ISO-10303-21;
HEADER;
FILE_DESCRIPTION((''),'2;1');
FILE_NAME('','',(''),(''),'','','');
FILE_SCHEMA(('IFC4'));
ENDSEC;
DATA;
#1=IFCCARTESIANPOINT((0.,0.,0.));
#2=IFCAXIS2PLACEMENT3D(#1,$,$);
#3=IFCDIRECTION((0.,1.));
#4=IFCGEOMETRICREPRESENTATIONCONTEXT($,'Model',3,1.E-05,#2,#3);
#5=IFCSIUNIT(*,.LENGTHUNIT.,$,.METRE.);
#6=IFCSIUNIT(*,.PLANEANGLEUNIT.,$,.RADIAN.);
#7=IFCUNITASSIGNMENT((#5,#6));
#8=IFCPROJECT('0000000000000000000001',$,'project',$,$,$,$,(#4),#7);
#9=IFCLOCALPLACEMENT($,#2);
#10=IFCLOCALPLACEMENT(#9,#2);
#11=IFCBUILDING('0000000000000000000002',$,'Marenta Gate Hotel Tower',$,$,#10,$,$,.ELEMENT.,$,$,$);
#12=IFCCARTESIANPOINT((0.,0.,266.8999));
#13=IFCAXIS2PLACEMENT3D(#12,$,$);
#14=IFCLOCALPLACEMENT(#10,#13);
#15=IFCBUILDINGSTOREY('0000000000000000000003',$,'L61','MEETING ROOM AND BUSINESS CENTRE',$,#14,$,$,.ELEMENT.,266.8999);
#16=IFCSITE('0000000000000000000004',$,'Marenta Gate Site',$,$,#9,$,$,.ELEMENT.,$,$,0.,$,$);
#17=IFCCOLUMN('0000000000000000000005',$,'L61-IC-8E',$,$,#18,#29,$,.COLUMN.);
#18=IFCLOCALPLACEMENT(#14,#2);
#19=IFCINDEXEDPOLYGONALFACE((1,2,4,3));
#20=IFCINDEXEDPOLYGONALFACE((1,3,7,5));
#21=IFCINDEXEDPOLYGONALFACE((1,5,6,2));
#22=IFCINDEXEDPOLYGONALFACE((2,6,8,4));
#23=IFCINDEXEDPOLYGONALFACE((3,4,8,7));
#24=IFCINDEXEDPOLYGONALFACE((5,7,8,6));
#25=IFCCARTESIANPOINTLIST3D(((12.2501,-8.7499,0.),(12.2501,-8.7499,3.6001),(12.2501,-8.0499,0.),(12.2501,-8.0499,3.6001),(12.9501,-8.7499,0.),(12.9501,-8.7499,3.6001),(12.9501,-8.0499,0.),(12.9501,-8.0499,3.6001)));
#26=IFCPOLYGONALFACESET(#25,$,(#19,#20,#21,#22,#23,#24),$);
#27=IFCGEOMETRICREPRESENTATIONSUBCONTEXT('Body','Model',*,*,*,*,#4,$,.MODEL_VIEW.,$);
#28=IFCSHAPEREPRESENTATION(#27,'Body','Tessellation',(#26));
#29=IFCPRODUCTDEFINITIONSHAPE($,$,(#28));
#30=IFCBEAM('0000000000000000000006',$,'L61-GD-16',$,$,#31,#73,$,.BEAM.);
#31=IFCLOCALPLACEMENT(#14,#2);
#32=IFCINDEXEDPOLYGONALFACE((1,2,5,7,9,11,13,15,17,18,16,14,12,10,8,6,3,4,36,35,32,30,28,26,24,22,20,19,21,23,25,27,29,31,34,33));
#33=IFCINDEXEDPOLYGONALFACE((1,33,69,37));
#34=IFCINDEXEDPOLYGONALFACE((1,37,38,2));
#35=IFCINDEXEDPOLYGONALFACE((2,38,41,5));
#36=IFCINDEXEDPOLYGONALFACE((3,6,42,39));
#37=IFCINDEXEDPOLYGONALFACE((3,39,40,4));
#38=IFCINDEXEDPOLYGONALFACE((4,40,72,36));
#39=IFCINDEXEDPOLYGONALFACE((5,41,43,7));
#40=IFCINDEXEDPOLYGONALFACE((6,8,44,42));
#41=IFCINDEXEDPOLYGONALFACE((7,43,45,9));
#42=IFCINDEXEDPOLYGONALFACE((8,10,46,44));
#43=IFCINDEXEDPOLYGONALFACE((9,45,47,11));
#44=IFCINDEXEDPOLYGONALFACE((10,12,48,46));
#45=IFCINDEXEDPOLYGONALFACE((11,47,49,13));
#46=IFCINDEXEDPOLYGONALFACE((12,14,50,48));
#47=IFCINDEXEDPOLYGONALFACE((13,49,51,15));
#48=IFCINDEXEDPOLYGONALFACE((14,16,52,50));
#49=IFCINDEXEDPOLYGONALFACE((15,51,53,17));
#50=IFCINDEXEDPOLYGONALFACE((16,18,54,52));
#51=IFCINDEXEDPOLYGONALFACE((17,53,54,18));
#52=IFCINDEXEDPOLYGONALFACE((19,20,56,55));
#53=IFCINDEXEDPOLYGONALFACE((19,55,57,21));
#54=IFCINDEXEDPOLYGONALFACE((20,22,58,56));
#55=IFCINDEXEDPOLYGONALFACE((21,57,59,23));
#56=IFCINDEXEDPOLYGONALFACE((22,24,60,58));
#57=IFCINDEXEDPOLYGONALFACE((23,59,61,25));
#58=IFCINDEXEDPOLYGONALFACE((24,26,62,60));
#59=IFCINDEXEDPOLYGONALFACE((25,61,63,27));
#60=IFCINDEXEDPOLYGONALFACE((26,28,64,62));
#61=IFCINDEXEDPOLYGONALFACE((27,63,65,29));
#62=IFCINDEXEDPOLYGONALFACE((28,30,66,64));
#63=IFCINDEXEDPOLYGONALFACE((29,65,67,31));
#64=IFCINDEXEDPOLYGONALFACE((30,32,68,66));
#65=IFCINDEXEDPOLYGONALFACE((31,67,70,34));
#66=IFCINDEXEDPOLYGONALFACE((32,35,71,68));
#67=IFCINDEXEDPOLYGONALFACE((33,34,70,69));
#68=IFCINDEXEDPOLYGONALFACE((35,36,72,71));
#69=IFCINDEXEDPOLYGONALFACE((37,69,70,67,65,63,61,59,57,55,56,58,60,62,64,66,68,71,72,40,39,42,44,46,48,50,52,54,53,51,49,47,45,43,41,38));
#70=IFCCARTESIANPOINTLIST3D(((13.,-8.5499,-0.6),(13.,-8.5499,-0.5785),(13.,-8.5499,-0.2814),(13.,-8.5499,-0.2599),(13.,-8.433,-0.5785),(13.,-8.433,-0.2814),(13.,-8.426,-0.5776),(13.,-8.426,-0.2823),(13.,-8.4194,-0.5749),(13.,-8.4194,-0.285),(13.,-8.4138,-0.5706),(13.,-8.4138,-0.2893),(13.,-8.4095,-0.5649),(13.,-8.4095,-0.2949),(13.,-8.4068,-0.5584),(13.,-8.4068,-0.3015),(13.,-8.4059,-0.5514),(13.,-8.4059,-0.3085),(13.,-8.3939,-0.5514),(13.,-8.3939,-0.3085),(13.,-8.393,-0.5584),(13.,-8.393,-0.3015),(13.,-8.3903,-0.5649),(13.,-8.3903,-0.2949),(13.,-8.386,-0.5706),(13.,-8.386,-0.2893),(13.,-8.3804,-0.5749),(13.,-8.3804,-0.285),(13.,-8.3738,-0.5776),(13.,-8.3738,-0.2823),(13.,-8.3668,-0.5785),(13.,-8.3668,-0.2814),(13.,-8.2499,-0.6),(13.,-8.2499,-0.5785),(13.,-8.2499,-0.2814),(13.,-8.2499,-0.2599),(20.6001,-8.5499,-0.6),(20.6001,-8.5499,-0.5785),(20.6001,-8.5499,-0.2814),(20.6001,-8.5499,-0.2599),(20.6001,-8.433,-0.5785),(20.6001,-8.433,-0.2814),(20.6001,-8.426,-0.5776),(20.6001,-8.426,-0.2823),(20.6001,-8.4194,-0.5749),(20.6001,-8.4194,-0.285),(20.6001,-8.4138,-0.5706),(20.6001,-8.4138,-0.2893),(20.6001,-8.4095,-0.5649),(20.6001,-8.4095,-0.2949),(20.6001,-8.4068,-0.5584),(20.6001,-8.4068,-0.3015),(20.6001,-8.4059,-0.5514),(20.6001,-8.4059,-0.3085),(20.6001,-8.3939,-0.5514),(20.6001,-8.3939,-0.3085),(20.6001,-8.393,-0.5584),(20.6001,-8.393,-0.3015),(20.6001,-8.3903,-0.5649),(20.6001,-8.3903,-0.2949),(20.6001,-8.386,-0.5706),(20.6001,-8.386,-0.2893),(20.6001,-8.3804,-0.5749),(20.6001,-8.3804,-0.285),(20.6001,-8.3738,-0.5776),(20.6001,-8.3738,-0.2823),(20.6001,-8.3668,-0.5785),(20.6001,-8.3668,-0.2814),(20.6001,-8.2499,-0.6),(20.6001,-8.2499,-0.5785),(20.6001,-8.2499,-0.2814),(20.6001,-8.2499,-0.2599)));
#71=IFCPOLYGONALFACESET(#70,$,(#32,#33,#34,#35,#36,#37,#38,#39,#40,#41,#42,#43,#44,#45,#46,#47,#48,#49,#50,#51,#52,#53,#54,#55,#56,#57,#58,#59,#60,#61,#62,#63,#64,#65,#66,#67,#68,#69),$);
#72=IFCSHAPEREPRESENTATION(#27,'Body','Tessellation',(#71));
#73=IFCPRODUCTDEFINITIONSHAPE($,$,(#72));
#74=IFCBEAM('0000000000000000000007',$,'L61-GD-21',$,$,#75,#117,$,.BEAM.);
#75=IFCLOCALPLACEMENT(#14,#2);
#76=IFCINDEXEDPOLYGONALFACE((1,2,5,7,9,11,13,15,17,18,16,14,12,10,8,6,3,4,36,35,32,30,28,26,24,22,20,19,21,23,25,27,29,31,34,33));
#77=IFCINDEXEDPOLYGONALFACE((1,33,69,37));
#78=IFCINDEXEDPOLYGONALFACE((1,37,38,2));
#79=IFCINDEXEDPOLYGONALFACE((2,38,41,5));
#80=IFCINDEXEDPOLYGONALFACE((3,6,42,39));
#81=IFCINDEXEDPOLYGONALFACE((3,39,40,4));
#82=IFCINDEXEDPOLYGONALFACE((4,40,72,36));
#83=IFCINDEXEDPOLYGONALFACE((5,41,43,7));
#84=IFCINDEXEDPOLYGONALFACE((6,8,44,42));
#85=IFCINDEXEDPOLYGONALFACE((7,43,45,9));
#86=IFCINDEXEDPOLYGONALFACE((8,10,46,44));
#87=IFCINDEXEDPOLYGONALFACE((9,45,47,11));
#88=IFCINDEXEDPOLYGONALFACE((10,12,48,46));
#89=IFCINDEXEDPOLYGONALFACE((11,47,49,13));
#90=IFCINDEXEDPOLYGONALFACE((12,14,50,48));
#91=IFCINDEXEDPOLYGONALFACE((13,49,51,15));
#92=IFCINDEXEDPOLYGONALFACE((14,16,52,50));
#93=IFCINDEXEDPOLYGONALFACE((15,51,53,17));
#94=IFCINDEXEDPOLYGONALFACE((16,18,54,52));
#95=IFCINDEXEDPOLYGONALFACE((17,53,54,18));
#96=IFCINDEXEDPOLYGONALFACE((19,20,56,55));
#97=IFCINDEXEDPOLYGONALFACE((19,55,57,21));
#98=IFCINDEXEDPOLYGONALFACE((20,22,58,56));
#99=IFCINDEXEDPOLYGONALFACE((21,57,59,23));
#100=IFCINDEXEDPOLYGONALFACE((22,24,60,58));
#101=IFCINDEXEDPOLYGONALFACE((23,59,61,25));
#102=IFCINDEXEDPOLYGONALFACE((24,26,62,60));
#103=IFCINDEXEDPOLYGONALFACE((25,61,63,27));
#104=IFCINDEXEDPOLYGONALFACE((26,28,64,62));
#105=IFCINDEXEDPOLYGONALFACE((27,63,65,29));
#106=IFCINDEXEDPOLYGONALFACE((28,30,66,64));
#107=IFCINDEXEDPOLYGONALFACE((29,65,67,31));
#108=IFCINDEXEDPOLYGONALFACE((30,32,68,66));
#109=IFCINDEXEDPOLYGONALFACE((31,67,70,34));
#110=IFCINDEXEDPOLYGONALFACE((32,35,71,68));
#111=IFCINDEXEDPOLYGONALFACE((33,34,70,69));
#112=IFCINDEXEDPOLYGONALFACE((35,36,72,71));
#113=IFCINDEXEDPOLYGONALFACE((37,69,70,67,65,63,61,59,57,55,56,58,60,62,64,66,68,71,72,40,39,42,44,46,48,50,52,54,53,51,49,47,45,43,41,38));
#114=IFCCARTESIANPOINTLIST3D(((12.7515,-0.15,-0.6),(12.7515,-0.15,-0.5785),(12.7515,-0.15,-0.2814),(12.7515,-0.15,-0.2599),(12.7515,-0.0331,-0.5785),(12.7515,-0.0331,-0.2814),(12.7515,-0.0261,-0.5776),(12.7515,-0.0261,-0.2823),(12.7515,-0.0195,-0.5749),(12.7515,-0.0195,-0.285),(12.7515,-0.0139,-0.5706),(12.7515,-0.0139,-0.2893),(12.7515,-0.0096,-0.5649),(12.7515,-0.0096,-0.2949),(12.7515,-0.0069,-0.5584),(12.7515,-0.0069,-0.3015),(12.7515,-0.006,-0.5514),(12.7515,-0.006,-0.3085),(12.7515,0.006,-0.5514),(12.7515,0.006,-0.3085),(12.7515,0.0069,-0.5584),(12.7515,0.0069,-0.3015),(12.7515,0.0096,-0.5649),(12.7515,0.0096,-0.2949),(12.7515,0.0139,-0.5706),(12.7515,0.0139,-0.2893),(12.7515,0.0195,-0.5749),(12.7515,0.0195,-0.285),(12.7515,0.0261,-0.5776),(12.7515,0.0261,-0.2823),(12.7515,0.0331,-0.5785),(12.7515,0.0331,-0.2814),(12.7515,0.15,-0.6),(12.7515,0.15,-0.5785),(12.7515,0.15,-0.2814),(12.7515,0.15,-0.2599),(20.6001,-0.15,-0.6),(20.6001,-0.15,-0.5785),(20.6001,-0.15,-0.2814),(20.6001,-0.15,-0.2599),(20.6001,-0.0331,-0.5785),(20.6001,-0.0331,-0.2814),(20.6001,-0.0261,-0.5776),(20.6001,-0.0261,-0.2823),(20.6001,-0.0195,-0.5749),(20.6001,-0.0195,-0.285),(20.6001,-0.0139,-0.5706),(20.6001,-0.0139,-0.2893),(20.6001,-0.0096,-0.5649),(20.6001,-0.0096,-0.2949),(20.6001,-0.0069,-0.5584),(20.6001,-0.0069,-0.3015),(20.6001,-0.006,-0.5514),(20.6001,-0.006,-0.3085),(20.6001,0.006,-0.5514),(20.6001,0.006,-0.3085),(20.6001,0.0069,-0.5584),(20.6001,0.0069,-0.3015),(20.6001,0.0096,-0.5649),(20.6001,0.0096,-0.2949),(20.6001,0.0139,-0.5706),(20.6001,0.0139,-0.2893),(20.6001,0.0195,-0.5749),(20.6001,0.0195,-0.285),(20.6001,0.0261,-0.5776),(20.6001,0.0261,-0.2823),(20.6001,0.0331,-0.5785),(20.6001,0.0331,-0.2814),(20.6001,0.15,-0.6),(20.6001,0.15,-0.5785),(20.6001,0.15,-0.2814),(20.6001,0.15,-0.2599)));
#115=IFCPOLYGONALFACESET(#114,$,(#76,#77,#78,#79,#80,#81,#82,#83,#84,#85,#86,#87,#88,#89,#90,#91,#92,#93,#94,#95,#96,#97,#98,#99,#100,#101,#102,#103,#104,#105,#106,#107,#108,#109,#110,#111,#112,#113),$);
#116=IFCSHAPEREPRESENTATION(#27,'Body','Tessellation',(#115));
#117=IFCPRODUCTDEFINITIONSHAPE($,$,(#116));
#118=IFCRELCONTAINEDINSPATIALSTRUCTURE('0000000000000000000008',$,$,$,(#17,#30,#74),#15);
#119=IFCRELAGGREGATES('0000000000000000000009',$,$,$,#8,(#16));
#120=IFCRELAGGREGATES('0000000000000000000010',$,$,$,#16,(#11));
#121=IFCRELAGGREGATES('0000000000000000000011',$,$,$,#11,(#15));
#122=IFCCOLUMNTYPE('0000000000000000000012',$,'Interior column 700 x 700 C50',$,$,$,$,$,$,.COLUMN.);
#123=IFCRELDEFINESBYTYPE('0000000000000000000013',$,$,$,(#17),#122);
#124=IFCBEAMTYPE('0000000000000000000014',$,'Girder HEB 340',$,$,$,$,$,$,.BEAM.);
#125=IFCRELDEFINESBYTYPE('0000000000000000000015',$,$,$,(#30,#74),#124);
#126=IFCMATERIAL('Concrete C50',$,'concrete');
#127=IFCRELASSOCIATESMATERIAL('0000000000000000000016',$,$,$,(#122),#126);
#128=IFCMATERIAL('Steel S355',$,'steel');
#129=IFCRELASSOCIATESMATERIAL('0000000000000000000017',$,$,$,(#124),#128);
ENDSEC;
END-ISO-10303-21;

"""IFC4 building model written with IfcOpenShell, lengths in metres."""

from ifc_helpers import new_model, si_unit, direction, frame, origin, origin_2d, place, context, subcontext, project, spatial, rectangle, i_section, extrude, material, material_profile, profile_set, type_object, element, save


model = new_model("IFC4")

# Units and contexts
model_context = context("Model", 3, precision=1e-05, world=origin(), true_north=direction((0.0, 1.0)))
body_context = subcontext(model_context, "Body", "Model", "MODEL_VIEW")
ifc_project = project(units=[si_unit("LENGTHUNIT", "METRE"), si_unit("PLANEANGLEUNIT", "RADIAN")], contexts=[model_context])

# Site, building, storey
site_placement = place(None, origin())
site = spatial("IfcSite", under=ifc_project, at=site_placement, Name="Marenta Gate Site", CompositionType="ELEMENT", RefElevation=0.0)
building_placement = place(site_placement, origin())
building = spatial("IfcBuilding", under=site, at=building_placement, Name="Marenta Gate Hotel Tower", CompositionType="ELEMENT")
storey_placement = place(building_placement, frame((0.0, 0.0, 266.8999)))
storey = spatial("IfcBuildingStorey", under=building, at=storey_placement, Name="L61", Description="MEETING ROOM AND BUSINESS CENTRE", CompositionType="ELEMENT", Elevation=266.8999)

# Column
ifc_material_1 = material(Name="Concrete C50", Category="concrete")
ifc_material_profile_1 = material_profile(ifc_material_1, rectangle(XDim=0.7, YDim=0.7, at=origin_2d()), Name="700 x 700")
ifc_profile_set_1 = profile_set([ifc_material_profile_1], Name="Concrete C50")
column_type = type_object("IfcColumnType", Name="Interior column 700 x 700 C50", PredefinedType="COLUMN", material=ifc_profile_set_1)
column_placement = place(storey_placement, frame((12.6001, -8.3999, 0.0), z_axis=(0.0, 0.0, 1.0), x_axis=(1.0, 0.0, 0.0)))
element("IfcColumn", 1, at=column_placement, inside=storey, type_object=column_type, Name="L61-IC-8E", PredefinedType="COLUMN", context=body_context, shape_type="SweptSolid", body=[
    extrude(rectangle(XDim=0.7, YDim=0.7, at=origin_2d()), origin(), (0.0, 0.0, 1.0), 3.6001),
])

# Beams
ifc_material_2 = material(Name="Steel S355", Category="steel")
ifc_material_profile_2 = material_profile(ifc_material_2, i_section(OverallWidth=0.3, OverallDepth=0.3401, WebThickness=0.012, FlangeThickness=0.0215, FilletRadius=0.0271, at=origin_2d()), Name="HEB 340")
ifc_profile_set_2 = profile_set([ifc_material_profile_2], Name="Steel S355")
beam_type = type_object("IfcBeamType", Name="Girder HEB 340", PredefinedType="BEAM", material=ifc_profile_set_2)
beam_1_placement = place(storey_placement, frame((13.0, -8.3999, -0.4299), z_axis=(1.0, 0.0, 0.0), x_axis=(0.0, 1.0, 0.0)))
element("IfcBeam", 2, at=beam_1_placement, inside=storey, type_object=beam_type, Name="L61-GD-16", PredefinedType="BEAM", context=body_context, shape_type="SweptSolid", body=[
    extrude(i_section(OverallWidth=0.3, OverallDepth=0.3401, WebThickness=0.012, FlangeThickness=0.0215, FilletRadius=0.0271, at=origin_2d()), origin(), (0.0, 0.0, 1.0), 7.6001),
])
beam_2_placement = place(storey_placement, frame((12.7515, 0.0, -0.4299), z_axis=(1.0, 0.0, 0.0), x_axis=(0.0, 1.0, 0.0)))
element("IfcBeam", 3, at=beam_2_placement, inside=storey, type_object=beam_type, Name="L61-GD-21", PredefinedType="BEAM", context=body_context, shape_type="SweptSolid", body=[
    extrude(i_section(OverallWidth=0.3, OverallDepth=0.3401, WebThickness=0.012, FlangeThickness=0.0215, FilletRadius=0.0271, at=origin_2d()), origin(), (0.0, 0.0, 1.0), 7.8486),
])

save(model, "model.ifc")
